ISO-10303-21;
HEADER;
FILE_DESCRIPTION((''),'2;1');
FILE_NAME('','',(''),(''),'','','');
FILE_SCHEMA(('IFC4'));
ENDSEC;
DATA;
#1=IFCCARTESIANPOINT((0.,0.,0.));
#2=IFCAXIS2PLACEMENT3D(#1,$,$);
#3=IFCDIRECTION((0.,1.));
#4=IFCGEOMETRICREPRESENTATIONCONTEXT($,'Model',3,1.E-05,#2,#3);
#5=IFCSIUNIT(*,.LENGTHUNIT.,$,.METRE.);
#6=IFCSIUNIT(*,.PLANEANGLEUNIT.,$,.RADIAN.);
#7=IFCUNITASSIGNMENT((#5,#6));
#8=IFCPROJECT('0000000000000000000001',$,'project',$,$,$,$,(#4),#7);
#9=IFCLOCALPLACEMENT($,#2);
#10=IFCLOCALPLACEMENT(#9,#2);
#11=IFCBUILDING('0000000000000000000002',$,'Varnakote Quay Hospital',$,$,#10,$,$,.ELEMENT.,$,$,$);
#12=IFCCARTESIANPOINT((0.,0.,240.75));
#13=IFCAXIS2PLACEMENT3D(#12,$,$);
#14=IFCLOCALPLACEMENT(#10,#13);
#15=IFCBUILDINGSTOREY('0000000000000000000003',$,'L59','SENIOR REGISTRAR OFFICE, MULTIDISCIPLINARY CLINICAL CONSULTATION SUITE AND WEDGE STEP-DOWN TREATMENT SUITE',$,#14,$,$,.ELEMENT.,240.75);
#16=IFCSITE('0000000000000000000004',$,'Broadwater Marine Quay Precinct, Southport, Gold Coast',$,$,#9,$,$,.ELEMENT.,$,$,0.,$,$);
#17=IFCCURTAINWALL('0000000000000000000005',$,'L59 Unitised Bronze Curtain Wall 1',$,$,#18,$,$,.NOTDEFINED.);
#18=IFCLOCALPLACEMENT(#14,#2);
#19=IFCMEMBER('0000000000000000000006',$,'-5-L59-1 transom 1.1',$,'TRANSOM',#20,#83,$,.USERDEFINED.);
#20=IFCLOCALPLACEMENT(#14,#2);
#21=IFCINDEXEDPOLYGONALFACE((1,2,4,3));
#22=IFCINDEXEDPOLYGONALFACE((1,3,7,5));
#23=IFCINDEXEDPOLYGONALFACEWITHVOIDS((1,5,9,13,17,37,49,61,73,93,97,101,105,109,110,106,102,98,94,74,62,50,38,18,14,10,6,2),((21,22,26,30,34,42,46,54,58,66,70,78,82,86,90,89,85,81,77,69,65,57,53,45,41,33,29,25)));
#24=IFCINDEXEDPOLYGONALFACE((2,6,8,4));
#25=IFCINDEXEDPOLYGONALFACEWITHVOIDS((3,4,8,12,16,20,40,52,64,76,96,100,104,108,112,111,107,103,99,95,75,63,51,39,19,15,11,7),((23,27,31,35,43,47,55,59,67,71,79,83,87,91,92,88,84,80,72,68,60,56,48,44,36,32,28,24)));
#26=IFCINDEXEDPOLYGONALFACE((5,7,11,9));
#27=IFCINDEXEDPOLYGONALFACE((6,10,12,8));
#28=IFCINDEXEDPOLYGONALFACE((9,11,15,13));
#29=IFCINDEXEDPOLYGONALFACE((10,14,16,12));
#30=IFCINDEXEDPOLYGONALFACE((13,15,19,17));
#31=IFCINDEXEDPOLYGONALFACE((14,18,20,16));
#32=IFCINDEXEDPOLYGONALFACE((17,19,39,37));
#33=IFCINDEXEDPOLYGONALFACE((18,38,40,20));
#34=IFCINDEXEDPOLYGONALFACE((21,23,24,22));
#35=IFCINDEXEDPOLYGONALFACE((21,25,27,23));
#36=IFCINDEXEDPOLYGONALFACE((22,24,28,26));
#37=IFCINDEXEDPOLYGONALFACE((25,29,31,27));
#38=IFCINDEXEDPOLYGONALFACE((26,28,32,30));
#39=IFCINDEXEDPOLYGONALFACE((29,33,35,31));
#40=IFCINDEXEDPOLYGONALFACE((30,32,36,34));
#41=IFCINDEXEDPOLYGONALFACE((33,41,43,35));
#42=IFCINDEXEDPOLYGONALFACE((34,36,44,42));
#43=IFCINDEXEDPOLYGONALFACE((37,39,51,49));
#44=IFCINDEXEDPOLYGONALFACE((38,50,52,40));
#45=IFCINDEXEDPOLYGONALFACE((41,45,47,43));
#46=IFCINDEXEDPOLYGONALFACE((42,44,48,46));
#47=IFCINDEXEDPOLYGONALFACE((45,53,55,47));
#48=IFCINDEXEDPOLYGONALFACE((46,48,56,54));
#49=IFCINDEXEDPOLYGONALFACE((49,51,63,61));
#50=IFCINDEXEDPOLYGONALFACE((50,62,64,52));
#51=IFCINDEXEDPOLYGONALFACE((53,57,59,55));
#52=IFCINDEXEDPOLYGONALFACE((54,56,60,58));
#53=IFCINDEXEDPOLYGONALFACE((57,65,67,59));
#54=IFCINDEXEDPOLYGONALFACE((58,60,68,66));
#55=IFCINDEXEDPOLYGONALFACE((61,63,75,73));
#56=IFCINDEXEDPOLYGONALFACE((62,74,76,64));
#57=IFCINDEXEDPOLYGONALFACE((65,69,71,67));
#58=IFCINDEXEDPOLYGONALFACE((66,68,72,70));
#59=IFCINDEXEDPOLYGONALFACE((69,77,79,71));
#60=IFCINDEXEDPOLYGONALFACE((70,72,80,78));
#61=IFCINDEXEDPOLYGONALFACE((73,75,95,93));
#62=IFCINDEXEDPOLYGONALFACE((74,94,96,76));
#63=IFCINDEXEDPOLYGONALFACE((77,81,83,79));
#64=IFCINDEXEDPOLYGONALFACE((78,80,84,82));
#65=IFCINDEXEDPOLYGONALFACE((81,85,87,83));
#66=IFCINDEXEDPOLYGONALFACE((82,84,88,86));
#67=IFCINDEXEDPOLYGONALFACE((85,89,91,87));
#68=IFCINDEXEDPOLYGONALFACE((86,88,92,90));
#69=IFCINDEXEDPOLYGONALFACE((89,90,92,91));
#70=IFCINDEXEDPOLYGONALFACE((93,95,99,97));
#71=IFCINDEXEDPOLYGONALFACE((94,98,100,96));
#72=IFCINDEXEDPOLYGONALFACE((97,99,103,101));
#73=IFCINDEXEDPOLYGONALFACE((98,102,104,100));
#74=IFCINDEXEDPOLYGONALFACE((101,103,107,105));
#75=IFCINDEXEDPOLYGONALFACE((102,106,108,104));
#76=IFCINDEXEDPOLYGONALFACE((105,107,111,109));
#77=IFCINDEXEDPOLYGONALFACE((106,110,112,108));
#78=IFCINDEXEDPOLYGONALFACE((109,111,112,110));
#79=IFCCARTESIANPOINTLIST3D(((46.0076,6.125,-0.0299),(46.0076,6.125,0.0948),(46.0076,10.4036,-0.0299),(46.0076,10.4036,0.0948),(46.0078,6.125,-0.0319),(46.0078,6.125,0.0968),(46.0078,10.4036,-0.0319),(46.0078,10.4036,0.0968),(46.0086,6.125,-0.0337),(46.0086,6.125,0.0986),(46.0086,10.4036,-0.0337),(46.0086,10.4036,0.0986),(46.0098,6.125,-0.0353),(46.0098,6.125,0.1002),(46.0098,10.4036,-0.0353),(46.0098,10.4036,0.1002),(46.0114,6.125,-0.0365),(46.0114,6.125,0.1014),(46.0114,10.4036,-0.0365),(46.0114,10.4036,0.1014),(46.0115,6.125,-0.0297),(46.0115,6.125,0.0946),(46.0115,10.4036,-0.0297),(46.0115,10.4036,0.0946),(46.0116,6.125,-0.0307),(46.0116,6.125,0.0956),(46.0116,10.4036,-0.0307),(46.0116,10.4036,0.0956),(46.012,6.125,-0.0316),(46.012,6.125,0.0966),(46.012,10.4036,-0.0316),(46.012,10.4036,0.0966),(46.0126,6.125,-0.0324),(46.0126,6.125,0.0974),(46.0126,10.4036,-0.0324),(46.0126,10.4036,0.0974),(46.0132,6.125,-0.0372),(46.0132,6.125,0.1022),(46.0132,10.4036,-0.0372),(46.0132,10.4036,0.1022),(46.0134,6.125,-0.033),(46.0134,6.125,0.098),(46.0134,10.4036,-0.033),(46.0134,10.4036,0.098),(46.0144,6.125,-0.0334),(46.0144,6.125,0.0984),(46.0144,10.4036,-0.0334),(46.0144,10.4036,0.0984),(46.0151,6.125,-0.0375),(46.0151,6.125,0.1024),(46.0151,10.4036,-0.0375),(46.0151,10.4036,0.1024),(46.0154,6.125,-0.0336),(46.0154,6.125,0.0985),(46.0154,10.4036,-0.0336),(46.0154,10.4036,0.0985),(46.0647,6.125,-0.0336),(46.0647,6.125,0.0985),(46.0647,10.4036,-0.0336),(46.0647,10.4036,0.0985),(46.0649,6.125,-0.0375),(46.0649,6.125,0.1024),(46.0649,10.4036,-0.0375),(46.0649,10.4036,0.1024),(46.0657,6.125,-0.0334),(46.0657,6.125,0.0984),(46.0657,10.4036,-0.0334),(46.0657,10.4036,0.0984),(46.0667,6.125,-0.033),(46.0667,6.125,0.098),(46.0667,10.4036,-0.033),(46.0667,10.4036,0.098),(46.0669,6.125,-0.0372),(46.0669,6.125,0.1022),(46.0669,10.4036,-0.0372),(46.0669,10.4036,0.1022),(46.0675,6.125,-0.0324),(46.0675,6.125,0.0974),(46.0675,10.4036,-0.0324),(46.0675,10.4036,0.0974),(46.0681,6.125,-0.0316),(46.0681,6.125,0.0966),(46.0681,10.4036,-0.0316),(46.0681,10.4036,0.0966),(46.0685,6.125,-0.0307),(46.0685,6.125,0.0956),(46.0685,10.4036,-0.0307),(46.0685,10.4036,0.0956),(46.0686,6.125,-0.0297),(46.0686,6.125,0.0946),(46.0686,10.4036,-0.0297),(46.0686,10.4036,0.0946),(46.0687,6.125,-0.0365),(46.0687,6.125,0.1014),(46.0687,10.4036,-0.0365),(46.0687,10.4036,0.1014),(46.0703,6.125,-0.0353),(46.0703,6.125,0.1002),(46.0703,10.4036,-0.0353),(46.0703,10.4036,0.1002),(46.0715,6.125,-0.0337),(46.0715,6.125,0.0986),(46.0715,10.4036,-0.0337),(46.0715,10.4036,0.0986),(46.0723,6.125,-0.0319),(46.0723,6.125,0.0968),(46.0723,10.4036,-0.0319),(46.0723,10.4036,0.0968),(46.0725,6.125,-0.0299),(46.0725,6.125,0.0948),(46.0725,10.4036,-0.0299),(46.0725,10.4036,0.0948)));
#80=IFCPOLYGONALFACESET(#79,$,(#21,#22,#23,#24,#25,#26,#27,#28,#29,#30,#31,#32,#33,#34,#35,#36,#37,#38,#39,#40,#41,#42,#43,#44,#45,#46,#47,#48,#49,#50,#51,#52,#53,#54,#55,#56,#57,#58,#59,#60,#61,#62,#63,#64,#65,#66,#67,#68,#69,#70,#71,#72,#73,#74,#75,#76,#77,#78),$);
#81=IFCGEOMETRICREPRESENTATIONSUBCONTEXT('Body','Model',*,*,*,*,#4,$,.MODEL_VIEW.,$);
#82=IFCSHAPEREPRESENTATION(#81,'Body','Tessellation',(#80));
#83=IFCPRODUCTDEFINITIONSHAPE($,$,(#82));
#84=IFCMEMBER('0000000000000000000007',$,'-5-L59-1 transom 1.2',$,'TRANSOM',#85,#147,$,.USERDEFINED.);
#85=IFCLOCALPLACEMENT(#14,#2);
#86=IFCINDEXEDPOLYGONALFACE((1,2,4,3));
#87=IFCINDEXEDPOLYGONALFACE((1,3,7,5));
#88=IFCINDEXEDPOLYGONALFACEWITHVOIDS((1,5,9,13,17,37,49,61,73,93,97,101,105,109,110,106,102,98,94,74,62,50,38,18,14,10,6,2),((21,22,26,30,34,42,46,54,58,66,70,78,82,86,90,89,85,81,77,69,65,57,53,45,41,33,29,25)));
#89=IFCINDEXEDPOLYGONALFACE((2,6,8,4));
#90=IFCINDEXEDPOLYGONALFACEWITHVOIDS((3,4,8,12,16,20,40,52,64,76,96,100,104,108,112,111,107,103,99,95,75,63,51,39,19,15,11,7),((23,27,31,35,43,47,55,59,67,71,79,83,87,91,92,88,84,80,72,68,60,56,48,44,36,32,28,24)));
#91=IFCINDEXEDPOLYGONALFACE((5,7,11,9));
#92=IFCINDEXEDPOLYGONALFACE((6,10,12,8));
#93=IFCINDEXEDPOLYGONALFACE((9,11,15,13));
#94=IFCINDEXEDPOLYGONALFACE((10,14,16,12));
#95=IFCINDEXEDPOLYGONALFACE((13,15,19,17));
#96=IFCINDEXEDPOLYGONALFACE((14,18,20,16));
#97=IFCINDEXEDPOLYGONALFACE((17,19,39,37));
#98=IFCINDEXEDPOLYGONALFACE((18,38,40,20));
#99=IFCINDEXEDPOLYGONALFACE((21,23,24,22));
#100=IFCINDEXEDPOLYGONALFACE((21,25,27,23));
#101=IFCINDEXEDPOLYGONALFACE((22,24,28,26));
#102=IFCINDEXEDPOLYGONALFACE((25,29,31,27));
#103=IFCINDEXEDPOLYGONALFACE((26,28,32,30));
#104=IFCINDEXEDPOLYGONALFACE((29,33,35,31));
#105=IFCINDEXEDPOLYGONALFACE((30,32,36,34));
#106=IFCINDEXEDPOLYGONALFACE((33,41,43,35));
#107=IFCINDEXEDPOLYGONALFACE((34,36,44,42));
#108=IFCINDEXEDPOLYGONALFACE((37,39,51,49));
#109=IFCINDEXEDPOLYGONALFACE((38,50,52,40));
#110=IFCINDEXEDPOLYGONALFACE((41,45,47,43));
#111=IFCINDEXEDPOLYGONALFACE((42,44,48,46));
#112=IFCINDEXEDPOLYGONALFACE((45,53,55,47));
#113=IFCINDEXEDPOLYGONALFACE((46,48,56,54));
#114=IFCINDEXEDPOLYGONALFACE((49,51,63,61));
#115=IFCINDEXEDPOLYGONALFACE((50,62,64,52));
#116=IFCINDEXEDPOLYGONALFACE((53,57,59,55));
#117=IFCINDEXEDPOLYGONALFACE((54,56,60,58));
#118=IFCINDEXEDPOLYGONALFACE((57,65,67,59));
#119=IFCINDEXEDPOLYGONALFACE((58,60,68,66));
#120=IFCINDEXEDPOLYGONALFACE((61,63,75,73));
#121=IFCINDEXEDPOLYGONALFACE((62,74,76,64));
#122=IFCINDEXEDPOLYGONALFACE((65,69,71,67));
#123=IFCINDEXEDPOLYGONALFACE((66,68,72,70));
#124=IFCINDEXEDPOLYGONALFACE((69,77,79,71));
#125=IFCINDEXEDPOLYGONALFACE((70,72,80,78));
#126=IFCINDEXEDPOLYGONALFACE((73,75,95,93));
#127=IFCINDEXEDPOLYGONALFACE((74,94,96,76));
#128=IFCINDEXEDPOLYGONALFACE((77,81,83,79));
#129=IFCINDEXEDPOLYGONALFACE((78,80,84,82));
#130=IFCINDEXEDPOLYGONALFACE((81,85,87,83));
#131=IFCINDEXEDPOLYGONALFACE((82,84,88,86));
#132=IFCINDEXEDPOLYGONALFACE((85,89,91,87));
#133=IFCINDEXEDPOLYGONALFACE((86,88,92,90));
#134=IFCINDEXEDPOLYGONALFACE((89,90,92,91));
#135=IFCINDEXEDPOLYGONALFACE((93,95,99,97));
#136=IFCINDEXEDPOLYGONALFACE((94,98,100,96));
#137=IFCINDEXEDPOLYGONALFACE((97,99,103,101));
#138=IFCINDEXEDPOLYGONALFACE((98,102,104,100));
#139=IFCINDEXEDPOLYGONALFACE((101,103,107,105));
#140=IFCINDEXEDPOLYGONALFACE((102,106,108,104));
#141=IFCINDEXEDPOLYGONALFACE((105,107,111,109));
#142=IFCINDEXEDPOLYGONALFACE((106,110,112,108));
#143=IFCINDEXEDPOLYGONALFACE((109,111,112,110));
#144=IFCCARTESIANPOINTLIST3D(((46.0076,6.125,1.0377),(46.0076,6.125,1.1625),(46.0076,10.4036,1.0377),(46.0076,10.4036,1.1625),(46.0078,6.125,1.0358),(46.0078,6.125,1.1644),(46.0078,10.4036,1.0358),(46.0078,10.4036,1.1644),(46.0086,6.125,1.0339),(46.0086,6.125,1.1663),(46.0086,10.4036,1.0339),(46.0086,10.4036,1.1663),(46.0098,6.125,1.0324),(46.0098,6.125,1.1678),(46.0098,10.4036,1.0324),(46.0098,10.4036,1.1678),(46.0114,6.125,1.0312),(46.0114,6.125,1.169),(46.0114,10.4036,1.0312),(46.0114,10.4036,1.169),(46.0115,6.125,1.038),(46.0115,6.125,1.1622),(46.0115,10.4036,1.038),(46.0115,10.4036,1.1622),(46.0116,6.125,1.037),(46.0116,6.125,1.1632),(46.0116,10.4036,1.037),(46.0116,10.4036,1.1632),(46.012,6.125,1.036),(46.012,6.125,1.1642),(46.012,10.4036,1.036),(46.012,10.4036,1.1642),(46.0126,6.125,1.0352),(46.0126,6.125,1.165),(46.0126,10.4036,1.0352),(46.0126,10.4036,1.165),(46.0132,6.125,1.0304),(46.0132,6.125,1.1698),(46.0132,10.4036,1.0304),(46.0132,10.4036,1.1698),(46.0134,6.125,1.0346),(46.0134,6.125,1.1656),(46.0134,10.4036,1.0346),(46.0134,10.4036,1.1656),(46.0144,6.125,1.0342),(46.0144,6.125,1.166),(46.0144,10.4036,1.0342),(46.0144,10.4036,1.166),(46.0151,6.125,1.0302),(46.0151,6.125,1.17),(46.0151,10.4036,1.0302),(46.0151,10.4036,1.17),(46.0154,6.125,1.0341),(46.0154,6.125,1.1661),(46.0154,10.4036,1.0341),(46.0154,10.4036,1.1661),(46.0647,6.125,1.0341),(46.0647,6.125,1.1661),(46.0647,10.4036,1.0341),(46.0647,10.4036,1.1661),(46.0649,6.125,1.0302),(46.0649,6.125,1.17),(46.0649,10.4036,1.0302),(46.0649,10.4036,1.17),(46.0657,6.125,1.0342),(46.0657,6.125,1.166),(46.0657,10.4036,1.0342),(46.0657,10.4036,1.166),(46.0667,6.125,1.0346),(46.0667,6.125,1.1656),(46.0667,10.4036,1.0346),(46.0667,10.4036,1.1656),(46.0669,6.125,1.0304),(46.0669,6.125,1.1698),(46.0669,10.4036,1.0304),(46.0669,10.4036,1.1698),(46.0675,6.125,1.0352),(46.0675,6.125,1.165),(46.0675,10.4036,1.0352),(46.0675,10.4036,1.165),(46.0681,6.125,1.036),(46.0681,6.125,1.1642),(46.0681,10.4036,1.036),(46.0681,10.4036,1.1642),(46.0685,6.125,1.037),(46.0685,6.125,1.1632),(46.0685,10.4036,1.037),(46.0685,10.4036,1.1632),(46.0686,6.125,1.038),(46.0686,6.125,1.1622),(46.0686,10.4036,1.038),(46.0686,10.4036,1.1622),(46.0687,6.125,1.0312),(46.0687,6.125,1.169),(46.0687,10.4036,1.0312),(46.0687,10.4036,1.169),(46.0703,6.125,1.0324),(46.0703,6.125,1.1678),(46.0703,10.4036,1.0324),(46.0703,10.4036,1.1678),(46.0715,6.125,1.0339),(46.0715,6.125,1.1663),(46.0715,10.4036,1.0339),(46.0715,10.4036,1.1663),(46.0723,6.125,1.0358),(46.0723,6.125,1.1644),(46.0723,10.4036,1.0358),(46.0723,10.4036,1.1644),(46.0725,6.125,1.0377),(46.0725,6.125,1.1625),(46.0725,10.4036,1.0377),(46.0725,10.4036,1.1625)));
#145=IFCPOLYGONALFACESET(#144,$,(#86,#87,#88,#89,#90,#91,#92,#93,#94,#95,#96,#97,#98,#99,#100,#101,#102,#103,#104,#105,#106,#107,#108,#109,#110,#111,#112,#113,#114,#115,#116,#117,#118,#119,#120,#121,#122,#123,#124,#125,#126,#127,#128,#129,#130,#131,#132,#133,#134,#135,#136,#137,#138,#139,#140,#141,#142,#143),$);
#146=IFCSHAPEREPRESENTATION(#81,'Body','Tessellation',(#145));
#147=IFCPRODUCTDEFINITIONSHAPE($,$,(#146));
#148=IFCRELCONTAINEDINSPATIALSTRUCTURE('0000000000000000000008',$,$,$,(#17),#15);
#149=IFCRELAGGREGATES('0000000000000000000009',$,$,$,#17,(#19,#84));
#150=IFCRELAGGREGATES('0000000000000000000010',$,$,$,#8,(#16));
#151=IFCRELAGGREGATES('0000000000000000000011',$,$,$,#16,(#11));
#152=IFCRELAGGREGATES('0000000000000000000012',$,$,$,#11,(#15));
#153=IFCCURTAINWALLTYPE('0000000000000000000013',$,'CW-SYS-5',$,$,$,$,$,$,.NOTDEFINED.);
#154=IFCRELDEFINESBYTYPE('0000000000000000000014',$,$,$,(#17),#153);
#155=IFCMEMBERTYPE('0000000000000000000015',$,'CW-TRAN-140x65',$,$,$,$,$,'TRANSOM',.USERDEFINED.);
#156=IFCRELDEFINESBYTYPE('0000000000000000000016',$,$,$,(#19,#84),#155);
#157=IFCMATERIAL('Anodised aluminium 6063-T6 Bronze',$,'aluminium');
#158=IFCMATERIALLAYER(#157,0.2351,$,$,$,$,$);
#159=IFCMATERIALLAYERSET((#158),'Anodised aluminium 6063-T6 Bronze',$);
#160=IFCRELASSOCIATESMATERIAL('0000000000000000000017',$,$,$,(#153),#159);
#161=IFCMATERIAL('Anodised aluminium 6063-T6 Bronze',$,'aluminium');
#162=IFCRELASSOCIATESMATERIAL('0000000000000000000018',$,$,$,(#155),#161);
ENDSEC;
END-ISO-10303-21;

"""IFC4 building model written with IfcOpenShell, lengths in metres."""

from ifc_helpers import new_model, si_unit, direction, frame, origin, origin_2d, place, context, subcontext, project, spatial, hollow_rectangle, extrude, material, layer, layer_set, material_profile, profile_set, type_object, element, aggregate, save


model = new_model("IFC4")

# Units and contexts
model_context = context("Model", 3, precision=1e-05, world=origin(), true_north=direction((0.0, 1.0)))
body_context = subcontext(model_context, "Body", "Model", "MODEL_VIEW")
ifc_project = project(units=[si_unit("LENGTHUNIT", "METRE"), si_unit("PLANEANGLEUNIT", "RADIAN")], contexts=[model_context])

# Site, building, storey
site_placement = place(None, origin())
site = spatial("IfcSite", under=ifc_project, at=site_placement, Name="Broadwater Marine Quay Precinct, Southport, Gold Coast", CompositionType="ELEMENT", RefElevation=0.0)
building_placement = place(site_placement, origin())
building = spatial("IfcBuilding", under=site, at=building_placement, Name="Varnakote Quay Hospital", CompositionType="ELEMENT")
storey_placement = place(building_placement, frame((0.0, 0.0, 240.75)))
storey = spatial("IfcBuildingStorey", under=building, at=storey_placement, Name="L59", Description="SENIOR REGISTRAR OFFICE, MULTIDISCIPLINARY CLINICAL CONSULTATION SUITE AND WEDGE STEP-DOWN TREATMENT SUITE", CompositionType="ELEMENT", Elevation=240.75)

# Curtain wall, members
ifc_material_1 = material(Name="Anodised aluminium 6063-T6 Bronze", Category="aluminium")
ifc_layer_1 = layer(ifc_material_1, 0.2351)
ifc_layer_set_1 = layer_set([ifc_layer_1], Name="Anodised aluminium 6063-T6 Bronze")
curtain_wall_type = type_object("IfcCurtainWallType", Name="CW-SYS-5", PredefinedType="NOTDEFINED", material=ifc_layer_set_1)
curtain_wall_placement = place(storey_placement, origin())
curtain_wall = element("IfcCurtainWall", 1, at=curtain_wall_placement, inside=storey, type_object=curtain_wall_type, Name="L59 Unitised Bronze Curtain Wall 1", PredefinedType="NOTDEFINED")
ifc_material_2 = material(Name="Anodised aluminium 6063-T6 Bronze", Category="aluminium")
ifc_material_profile_1 = material_profile(ifc_material_2, hollow_rectangle(XDim=0.0649, YDim=0.1399, WallThickness=0.0039, InnerFilletRadius=0.0039, OuterFilletRadius=0.0076, at=origin_2d()), Name="CW-TRAN-140x65")
ifc_profile_set_1 = profile_set([ifc_material_profile_1], Name="Anodised aluminium 6063-T6 Bronze")
member_type_1 = type_object("IfcMemberType", Name="CW-TRAN-140x65", ElementType="TRANSOM", PredefinedType="USERDEFINED", material=ifc_profile_set_1)
member_1_placement = place(storey_placement, frame((46.04, 6.125, 0.0325), z_axis=(0.0, 1.0, 0.0), x_axis=(-1.0, 0.0, 0.0)))
member_1 = element("IfcMember", 2, at=member_1_placement, type_object=member_type_1, Name="-5-L59-1 transom 1.1", ObjectType="TRANSOM", PredefinedType="USERDEFINED", context=body_context, shape_type="SweptSolid", body=[
    extrude(hollow_rectangle(XDim=0.0649, YDim=0.1399, WallThickness=0.0039, InnerFilletRadius=0.0039, OuterFilletRadius=0.0076, at=origin_2d()), origin(), (0.0, 0.0, 1.0), 4.2786),
])
member_2_placement = place(storey_placement, frame((46.04, 6.125, 1.1001), z_axis=(0.0, 1.0, 0.0), x_axis=(-1.0, 0.0, 0.0)))
member_2 = element("IfcMember", 3, at=member_2_placement, type_object=member_type_1, Name="-5-L59-1 transom 1.2", ObjectType="TRANSOM", PredefinedType="USERDEFINED", context=body_context, shape_type="SweptSolid", body=[
    extrude(hollow_rectangle(XDim=0.0649, YDim=0.1399, WallThickness=0.0039, InnerFilletRadius=0.0039, OuterFilletRadius=0.0076, at=origin_2d()), origin(), (0.0, 0.0, 1.0), 4.2786),
])
aggregate(curtain_wall, [member_1, member_2])

save(model, "model.ifc")
